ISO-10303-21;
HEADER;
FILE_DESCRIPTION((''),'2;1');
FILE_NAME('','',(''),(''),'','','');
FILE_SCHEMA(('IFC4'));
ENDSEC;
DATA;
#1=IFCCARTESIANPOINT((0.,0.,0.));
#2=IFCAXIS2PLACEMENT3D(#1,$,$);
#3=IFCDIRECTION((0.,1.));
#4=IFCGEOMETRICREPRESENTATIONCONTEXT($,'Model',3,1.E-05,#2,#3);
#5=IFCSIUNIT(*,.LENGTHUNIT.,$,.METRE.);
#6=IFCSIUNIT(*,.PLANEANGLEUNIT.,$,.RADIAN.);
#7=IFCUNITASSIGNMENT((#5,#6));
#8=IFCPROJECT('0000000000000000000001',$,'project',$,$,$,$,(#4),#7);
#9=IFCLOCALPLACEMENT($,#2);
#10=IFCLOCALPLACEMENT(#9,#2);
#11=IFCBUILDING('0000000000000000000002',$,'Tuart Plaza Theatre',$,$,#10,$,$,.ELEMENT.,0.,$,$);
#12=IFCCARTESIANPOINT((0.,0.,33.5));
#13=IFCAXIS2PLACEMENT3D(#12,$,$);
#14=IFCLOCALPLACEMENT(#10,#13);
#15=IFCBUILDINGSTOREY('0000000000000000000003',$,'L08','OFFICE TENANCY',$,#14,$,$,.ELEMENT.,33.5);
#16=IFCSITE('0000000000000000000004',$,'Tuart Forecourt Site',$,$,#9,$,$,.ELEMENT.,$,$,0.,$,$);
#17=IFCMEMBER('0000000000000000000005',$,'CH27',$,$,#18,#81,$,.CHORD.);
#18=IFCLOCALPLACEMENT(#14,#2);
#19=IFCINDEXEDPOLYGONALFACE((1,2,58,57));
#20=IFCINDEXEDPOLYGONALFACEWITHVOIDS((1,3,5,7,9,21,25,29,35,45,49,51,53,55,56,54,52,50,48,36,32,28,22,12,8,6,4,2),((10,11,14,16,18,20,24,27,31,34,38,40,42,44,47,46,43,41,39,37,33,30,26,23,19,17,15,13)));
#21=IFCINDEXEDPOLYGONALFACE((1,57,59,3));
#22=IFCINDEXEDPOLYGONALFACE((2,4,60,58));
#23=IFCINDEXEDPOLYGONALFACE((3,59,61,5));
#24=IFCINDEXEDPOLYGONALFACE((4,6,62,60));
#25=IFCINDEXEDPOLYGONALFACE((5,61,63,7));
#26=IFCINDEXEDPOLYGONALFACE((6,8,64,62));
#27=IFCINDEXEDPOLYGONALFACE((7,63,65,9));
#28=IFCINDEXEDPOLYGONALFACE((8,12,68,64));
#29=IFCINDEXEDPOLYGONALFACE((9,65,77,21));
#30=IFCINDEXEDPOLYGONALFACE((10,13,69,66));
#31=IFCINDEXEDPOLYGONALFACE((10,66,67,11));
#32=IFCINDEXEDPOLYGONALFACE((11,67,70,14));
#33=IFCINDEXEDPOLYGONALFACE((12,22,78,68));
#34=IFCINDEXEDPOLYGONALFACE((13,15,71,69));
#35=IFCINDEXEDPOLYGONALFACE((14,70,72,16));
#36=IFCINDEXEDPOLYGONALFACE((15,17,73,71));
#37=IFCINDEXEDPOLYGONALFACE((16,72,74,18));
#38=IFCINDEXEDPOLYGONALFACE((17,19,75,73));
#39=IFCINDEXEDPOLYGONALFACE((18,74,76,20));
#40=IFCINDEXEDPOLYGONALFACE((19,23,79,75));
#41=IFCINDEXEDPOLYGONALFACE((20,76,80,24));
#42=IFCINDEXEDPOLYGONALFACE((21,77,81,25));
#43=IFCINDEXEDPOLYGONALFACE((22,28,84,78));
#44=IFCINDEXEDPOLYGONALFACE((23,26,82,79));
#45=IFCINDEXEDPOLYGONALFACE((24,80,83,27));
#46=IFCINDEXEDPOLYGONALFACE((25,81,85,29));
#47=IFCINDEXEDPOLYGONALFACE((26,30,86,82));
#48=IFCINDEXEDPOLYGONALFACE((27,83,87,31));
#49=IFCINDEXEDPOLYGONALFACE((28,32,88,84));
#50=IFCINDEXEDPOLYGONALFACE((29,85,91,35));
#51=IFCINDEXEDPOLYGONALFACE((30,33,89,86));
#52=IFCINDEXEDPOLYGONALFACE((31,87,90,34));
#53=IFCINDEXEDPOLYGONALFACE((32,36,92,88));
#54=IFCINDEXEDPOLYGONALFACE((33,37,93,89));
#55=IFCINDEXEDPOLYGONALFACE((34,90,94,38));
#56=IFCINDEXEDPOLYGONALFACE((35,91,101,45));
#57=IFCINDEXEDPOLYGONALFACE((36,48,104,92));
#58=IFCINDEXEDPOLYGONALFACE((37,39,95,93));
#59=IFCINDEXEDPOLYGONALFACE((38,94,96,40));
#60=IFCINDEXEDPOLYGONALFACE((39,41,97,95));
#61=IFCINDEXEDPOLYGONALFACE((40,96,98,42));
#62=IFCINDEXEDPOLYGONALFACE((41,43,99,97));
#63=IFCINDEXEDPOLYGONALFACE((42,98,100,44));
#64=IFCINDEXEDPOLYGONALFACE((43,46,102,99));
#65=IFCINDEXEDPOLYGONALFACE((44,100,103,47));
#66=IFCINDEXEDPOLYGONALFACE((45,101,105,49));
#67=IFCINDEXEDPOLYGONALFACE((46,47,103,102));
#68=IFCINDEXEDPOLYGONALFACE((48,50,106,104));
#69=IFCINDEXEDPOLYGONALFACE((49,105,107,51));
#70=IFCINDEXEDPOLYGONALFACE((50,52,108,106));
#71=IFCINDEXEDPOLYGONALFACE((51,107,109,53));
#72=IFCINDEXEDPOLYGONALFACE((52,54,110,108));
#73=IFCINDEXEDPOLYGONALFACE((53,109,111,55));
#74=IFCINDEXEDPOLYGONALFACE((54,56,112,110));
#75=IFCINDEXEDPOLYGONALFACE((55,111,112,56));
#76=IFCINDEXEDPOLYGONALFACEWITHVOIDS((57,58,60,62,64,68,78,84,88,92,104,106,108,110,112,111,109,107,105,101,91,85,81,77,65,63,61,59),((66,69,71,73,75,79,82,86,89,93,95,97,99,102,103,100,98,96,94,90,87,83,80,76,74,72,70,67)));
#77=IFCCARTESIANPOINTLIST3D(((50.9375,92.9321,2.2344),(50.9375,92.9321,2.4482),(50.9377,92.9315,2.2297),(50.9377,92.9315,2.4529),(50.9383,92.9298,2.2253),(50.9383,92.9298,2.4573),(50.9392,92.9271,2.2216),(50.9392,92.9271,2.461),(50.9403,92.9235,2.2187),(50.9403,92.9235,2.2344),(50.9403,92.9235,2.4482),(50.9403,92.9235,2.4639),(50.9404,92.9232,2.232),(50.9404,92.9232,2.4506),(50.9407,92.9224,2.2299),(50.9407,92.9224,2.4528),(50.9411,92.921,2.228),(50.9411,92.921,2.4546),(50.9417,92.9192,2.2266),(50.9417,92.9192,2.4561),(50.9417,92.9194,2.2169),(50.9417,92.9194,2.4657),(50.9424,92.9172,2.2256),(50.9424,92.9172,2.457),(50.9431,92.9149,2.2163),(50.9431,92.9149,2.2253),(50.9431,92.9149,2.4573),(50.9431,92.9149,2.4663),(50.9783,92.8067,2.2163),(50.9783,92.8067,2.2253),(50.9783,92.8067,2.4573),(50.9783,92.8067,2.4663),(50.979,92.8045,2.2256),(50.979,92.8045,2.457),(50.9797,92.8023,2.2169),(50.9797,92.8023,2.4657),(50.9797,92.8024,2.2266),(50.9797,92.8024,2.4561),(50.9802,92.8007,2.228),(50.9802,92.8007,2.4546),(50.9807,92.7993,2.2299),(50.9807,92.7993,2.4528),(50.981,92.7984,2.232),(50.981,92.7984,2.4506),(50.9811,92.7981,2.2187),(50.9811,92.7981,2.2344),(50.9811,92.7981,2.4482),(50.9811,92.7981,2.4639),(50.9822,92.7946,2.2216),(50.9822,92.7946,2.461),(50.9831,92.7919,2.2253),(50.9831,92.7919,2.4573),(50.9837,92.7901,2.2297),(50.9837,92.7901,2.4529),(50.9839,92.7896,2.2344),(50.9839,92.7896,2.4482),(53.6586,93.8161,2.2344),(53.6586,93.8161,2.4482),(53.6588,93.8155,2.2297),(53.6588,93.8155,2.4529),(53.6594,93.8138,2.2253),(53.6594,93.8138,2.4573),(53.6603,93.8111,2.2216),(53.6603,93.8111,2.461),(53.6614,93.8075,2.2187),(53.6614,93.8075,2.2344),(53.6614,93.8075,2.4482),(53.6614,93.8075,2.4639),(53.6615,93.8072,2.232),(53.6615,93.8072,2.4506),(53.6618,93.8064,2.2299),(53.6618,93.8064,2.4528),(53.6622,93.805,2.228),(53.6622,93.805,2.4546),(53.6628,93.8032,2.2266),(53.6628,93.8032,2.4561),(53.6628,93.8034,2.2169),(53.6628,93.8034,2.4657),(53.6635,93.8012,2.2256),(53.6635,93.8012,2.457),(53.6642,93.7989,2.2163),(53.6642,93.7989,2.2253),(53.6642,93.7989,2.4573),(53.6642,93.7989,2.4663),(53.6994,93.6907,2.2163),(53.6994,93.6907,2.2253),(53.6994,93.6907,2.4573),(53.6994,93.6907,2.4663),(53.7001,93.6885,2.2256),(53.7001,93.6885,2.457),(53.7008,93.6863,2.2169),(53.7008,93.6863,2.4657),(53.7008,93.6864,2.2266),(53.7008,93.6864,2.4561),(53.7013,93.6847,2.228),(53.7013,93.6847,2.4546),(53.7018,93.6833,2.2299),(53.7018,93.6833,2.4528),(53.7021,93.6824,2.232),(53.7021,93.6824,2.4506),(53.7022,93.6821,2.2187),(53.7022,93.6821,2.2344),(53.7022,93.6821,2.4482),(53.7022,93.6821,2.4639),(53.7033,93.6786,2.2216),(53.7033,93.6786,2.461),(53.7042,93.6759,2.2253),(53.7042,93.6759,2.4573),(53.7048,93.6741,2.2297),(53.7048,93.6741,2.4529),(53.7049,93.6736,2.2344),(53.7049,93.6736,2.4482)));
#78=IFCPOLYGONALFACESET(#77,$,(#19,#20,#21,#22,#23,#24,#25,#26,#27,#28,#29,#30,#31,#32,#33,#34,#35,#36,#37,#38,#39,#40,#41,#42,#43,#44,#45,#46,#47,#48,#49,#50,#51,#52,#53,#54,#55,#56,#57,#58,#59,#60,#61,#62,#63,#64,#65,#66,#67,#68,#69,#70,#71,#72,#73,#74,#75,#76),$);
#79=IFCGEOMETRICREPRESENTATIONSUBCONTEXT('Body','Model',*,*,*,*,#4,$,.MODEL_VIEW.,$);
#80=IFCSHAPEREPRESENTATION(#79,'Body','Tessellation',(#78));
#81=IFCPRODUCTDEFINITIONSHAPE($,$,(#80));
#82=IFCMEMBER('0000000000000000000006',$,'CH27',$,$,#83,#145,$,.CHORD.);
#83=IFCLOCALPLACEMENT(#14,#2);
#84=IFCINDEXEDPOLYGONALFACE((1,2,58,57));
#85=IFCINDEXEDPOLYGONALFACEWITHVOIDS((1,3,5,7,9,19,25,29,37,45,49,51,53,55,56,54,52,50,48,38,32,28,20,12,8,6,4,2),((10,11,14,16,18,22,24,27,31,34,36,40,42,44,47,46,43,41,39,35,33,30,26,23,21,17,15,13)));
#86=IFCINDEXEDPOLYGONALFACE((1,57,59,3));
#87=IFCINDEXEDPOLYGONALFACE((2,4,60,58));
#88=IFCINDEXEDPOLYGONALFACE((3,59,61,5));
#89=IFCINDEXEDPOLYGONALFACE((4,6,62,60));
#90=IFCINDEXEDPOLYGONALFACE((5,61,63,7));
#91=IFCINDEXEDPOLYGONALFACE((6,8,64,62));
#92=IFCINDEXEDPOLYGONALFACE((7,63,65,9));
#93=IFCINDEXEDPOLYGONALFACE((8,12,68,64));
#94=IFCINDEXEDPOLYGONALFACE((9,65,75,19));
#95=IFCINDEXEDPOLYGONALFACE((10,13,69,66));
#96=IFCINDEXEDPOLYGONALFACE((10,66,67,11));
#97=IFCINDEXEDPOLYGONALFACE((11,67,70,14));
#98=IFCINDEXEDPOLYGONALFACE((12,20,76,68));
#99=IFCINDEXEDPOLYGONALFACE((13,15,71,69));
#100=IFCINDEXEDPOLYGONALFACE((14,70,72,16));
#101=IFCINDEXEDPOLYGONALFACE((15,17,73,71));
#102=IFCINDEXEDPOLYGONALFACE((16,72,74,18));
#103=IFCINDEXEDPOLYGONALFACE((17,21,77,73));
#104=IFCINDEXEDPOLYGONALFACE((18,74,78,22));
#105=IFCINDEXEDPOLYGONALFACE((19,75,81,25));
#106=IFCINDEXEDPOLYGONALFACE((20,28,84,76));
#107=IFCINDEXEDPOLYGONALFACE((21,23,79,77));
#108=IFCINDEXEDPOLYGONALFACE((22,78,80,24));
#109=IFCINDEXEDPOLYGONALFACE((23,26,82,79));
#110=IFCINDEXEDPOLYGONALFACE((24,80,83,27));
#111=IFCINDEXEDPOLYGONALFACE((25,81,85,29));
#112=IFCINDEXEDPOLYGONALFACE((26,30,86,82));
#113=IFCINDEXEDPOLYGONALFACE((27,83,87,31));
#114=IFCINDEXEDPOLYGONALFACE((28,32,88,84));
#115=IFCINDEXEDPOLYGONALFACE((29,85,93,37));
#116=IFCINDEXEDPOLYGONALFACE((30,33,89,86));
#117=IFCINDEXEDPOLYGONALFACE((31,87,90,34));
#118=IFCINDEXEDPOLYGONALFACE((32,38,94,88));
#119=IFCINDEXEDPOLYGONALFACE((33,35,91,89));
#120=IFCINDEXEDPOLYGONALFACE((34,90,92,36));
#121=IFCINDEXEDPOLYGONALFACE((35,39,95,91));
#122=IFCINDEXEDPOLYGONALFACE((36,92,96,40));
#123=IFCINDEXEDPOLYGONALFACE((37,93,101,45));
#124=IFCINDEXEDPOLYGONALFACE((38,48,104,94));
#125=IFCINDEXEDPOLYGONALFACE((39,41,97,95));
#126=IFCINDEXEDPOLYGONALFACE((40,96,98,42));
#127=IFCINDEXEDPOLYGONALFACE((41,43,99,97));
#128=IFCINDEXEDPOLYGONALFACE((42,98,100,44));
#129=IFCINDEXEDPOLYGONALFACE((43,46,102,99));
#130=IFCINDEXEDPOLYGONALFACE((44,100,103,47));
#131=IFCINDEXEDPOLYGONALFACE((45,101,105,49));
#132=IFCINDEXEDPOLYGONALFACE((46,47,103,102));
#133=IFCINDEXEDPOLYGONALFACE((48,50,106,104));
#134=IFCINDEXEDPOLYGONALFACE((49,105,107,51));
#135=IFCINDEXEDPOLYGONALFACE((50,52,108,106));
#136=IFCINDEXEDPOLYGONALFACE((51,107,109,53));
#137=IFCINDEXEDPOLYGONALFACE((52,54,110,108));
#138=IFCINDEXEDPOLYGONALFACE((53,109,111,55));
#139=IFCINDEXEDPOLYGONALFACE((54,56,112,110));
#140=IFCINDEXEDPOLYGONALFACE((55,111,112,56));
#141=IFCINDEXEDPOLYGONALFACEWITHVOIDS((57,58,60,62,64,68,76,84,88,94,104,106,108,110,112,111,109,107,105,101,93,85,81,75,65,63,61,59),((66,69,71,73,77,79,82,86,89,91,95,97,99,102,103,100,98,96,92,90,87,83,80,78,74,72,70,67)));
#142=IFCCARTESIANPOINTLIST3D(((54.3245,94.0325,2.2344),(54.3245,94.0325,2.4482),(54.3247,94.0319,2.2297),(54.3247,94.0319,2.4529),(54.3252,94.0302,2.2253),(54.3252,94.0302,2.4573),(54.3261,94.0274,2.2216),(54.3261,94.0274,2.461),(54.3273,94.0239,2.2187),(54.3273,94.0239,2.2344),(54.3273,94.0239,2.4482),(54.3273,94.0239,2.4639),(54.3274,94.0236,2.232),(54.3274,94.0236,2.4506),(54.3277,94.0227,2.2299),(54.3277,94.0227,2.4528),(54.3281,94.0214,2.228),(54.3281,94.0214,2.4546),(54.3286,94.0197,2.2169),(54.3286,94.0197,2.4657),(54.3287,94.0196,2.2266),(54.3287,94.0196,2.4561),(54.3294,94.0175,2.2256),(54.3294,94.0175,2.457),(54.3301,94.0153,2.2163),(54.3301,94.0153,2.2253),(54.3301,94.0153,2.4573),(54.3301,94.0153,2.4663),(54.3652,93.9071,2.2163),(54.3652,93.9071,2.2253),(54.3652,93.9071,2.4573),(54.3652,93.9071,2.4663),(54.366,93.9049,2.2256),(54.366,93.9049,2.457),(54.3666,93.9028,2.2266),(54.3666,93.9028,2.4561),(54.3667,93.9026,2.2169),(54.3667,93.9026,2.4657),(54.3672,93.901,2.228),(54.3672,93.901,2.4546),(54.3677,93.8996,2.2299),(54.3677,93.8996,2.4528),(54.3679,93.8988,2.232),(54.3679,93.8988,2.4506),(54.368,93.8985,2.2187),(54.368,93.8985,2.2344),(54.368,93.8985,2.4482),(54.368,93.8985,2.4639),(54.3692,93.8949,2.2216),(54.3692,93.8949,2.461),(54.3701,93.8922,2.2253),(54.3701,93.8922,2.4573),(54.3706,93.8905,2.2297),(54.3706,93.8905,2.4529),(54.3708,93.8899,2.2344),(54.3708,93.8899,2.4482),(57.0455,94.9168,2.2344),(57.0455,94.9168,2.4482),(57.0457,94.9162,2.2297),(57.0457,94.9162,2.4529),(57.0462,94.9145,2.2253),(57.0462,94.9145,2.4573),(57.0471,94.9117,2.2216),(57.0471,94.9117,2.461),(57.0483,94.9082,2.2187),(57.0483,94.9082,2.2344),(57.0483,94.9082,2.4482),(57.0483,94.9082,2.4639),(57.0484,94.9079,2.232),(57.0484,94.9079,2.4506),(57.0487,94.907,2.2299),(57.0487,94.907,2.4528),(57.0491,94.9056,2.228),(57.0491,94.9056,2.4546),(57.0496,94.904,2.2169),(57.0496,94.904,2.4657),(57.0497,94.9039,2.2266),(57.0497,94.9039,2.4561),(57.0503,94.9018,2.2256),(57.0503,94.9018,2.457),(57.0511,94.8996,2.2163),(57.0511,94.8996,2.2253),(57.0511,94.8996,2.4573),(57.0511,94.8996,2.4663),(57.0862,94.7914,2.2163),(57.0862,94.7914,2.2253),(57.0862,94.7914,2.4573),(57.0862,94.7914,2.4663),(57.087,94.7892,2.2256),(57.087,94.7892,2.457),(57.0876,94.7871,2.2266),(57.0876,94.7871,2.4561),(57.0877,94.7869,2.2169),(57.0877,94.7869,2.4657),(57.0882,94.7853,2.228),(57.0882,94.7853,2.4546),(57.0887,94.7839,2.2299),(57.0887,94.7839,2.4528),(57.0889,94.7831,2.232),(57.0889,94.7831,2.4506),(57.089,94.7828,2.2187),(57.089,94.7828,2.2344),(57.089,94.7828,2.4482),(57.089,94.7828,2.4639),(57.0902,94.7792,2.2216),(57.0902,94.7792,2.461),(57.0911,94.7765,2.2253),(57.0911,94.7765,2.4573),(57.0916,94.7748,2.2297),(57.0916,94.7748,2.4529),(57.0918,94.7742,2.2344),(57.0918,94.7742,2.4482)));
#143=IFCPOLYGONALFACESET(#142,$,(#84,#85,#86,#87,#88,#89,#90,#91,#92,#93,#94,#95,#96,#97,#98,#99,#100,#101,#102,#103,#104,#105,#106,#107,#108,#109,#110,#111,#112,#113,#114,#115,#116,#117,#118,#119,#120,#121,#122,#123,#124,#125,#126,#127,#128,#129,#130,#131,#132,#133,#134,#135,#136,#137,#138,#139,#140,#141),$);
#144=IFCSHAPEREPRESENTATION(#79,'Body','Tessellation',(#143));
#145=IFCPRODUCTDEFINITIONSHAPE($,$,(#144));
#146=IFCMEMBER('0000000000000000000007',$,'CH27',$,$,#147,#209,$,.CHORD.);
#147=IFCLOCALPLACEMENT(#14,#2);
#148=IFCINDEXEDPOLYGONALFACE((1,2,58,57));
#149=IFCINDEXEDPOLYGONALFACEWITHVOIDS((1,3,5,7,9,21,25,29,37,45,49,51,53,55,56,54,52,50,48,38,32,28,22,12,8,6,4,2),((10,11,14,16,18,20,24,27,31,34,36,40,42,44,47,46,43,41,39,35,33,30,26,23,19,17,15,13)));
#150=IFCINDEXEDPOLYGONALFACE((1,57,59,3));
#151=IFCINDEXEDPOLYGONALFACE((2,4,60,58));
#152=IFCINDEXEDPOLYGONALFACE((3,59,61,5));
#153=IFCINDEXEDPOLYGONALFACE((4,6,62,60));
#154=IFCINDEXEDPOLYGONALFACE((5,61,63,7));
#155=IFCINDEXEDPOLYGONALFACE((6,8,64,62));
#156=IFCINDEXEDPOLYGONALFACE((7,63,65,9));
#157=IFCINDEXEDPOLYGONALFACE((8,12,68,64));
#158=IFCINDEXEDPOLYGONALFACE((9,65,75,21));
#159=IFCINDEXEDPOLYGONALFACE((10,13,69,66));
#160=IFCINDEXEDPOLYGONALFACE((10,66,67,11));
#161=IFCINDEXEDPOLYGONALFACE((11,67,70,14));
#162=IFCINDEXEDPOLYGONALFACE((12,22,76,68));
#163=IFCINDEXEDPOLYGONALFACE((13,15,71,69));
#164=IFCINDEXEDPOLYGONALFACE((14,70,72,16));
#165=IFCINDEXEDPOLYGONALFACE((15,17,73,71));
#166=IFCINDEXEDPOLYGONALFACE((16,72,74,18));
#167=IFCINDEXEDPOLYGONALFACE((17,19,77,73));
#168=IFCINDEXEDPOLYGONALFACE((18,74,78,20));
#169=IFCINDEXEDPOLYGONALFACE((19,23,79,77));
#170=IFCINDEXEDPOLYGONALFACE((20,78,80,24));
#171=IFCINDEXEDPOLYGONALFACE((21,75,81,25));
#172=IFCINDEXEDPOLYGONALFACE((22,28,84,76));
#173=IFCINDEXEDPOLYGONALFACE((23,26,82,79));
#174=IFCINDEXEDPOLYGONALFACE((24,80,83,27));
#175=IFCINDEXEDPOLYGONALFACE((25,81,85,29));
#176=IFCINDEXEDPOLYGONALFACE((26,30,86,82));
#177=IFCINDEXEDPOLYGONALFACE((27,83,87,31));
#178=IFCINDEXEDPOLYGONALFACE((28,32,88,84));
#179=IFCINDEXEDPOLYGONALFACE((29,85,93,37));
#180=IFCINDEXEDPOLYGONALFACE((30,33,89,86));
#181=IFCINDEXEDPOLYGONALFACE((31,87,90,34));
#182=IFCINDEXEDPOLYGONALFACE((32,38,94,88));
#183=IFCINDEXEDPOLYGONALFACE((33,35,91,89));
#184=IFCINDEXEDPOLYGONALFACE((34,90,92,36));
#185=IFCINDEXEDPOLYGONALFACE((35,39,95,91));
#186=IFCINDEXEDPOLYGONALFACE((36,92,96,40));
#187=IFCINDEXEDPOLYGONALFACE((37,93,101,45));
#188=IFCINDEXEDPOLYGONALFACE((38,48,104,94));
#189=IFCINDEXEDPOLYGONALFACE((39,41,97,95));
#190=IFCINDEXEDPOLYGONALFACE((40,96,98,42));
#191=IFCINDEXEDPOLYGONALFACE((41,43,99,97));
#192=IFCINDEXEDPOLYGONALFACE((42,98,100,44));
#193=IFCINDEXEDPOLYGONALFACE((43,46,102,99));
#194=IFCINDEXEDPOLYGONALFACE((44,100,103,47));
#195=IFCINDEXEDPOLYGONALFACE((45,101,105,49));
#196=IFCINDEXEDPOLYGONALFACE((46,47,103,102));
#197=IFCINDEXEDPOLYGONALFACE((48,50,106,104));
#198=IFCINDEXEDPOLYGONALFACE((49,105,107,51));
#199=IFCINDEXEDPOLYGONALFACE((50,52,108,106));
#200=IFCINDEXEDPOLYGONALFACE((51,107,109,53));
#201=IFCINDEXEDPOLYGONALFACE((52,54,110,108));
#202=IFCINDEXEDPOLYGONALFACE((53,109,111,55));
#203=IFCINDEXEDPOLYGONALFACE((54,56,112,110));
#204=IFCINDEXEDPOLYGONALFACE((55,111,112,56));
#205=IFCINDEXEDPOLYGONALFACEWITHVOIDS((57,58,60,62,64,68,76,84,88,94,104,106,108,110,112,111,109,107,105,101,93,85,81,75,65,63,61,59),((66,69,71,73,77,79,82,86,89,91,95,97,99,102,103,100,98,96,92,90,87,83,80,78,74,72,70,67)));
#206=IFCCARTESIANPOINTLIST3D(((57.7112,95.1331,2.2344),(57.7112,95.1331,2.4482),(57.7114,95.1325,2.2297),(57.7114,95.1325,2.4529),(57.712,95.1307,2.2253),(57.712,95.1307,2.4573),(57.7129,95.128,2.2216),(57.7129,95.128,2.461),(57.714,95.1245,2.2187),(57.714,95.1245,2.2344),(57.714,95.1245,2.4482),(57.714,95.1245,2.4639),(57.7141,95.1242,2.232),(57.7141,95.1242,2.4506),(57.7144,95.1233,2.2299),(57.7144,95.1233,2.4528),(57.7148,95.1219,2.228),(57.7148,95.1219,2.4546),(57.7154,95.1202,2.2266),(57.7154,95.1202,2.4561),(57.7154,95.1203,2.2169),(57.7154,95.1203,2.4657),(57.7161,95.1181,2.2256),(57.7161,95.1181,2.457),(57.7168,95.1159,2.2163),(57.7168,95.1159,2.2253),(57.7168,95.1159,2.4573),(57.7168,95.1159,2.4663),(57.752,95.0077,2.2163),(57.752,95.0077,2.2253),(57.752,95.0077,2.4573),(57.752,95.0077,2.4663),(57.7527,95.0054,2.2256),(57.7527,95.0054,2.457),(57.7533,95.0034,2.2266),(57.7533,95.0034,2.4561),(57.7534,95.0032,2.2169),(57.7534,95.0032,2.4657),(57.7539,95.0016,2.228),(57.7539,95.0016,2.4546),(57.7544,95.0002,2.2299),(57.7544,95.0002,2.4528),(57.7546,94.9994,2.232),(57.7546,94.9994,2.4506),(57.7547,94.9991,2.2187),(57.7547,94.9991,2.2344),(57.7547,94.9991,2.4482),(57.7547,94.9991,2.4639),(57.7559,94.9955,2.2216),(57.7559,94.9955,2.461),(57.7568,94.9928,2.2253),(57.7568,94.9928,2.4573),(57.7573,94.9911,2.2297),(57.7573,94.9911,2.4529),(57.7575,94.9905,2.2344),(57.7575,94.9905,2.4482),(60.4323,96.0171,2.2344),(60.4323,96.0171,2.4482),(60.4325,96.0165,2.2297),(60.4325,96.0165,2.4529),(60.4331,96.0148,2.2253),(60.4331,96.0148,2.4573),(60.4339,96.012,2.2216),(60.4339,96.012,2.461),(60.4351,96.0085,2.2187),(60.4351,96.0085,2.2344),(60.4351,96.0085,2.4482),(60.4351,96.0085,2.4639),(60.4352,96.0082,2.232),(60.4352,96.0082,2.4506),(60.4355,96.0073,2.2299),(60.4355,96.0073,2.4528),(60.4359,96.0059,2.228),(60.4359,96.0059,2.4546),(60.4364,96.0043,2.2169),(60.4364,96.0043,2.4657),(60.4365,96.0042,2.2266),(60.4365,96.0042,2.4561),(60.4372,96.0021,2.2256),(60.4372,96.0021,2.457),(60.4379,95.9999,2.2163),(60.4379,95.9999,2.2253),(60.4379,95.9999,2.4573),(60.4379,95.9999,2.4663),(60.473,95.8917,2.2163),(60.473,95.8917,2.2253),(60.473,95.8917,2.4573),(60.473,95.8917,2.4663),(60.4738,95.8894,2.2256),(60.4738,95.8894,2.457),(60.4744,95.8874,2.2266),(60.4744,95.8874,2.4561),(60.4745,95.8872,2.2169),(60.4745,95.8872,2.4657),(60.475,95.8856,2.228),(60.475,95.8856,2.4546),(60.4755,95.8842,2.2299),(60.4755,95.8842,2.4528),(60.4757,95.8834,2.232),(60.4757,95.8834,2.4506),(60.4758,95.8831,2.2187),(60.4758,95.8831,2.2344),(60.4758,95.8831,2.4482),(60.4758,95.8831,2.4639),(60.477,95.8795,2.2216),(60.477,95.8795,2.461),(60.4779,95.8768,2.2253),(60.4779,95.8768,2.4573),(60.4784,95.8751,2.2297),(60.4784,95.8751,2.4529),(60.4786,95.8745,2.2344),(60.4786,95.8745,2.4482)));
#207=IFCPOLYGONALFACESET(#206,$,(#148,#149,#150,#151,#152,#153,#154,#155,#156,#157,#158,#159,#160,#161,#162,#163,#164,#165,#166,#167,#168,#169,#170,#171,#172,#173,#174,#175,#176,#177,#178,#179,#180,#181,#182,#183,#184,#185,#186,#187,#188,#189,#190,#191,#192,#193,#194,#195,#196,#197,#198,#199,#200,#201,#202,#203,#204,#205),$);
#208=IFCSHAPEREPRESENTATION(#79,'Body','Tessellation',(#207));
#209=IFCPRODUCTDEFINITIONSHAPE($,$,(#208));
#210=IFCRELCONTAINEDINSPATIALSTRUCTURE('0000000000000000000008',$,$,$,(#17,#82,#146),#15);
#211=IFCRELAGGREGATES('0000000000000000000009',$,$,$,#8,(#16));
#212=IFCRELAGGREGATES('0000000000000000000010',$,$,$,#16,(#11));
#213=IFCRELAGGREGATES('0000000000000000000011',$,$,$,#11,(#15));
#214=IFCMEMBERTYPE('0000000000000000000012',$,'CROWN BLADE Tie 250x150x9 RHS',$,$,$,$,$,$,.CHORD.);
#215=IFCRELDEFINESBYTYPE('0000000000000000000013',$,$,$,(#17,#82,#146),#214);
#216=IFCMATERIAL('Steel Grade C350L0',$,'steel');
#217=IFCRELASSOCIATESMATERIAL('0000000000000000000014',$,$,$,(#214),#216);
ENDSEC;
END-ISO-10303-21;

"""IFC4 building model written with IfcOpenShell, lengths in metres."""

from ifc_helpers import new_model, si_unit, direction, frame, origin, origin_2d, place, context, subcontext, project, spatial, hollow_rectangle, extrude, material, material_profile, profile_set, type_object, element, save


model = new_model("IFC4")

# Units and contexts
model_context = context("Model", 3, precision=1e-05, world=origin(), true_north=direction((0.0, 1.0)))
body_context = subcontext(model_context, "Body", "Model", "MODEL_VIEW")
ifc_project = project(units=[si_unit("LENGTHUNIT", "METRE"), si_unit("PLANEANGLEUNIT", "RADIAN")], contexts=[model_context])

# Site, building, storey
site_placement = place(None, origin())
site = spatial("IfcSite", under=ifc_project, at=site_placement, Name="Tuart Forecourt Site", CompositionType="ELEMENT", RefElevation=0.0)
building_placement = place(site_placement, origin())
building = spatial("IfcBuilding", under=site, at=building_placement, Name="Tuart Plaza Theatre", CompositionType="ELEMENT", ElevationOfRefHeight=0.0)
storey_placement = place(building_placement, frame((0.0, 0.0, 33.5)))
storey = spatial("IfcBuildingStorey", under=building, at=storey_placement, Name="L08", Description="OFFICE TENANCY", CompositionType="ELEMENT", Elevation=33.5)

# Members
ifc_material_1 = material(Name="Steel Grade C350L0", Category="steel")
ifc_material_profile_1 = material_profile(ifc_material_1, hollow_rectangle(XDim=0.1499, YDim=0.25, WallThickness=0.009, InnerFilletRadius=0.009, OuterFilletRadius=0.0181, at=origin_2d()), Name="250x150x9 RHS")
ifc_profile_set_1 = profile_set([ifc_material_profile_1], Name="Steel Grade C350L0")
member_type_1 = type_object("IfcMemberType", Name="CROWN BLADE Tie 250x150x9 RHS", PredefinedType="CHORD", material=ifc_profile_set_1)
for number, where, z_axis, x_axis, name in (
    (1, (50.9607, 92.8608, 2.3413), (0.95107, 0.308974, 0.0), (-0.308974, 0.95107, 0.0), "CH27"),
    (2, (54.3477, 93.9612, 2.3413), (0.951037, 0.309076, 0.0), (-0.309076, 0.951037, 0.0), "CH27"),
    (3, (57.7344, 95.0618, 2.3413), (0.95107, 0.308974, 0.0), (-0.308974, 0.95107, 0.0), "CH27"),
):
    element("IfcMember", number, at=place(storey_placement, frame(where, z_axis=z_axis, x_axis=x_axis)), inside=storey, type_object=member_type_1, Name=name, PredefinedType="CHORD", context=body_context, shape_type="SweptSolid", body=[
        extrude(hollow_rectangle(XDim=0.1499, YDim=0.25, WallThickness=0.009, InnerFilletRadius=0.009, OuterFilletRadius=0.0181, at=origin_2d()), origin(), (0.0, 0.0, 1.0), 2.8611),
    ])

save(model, "model.ifc")
